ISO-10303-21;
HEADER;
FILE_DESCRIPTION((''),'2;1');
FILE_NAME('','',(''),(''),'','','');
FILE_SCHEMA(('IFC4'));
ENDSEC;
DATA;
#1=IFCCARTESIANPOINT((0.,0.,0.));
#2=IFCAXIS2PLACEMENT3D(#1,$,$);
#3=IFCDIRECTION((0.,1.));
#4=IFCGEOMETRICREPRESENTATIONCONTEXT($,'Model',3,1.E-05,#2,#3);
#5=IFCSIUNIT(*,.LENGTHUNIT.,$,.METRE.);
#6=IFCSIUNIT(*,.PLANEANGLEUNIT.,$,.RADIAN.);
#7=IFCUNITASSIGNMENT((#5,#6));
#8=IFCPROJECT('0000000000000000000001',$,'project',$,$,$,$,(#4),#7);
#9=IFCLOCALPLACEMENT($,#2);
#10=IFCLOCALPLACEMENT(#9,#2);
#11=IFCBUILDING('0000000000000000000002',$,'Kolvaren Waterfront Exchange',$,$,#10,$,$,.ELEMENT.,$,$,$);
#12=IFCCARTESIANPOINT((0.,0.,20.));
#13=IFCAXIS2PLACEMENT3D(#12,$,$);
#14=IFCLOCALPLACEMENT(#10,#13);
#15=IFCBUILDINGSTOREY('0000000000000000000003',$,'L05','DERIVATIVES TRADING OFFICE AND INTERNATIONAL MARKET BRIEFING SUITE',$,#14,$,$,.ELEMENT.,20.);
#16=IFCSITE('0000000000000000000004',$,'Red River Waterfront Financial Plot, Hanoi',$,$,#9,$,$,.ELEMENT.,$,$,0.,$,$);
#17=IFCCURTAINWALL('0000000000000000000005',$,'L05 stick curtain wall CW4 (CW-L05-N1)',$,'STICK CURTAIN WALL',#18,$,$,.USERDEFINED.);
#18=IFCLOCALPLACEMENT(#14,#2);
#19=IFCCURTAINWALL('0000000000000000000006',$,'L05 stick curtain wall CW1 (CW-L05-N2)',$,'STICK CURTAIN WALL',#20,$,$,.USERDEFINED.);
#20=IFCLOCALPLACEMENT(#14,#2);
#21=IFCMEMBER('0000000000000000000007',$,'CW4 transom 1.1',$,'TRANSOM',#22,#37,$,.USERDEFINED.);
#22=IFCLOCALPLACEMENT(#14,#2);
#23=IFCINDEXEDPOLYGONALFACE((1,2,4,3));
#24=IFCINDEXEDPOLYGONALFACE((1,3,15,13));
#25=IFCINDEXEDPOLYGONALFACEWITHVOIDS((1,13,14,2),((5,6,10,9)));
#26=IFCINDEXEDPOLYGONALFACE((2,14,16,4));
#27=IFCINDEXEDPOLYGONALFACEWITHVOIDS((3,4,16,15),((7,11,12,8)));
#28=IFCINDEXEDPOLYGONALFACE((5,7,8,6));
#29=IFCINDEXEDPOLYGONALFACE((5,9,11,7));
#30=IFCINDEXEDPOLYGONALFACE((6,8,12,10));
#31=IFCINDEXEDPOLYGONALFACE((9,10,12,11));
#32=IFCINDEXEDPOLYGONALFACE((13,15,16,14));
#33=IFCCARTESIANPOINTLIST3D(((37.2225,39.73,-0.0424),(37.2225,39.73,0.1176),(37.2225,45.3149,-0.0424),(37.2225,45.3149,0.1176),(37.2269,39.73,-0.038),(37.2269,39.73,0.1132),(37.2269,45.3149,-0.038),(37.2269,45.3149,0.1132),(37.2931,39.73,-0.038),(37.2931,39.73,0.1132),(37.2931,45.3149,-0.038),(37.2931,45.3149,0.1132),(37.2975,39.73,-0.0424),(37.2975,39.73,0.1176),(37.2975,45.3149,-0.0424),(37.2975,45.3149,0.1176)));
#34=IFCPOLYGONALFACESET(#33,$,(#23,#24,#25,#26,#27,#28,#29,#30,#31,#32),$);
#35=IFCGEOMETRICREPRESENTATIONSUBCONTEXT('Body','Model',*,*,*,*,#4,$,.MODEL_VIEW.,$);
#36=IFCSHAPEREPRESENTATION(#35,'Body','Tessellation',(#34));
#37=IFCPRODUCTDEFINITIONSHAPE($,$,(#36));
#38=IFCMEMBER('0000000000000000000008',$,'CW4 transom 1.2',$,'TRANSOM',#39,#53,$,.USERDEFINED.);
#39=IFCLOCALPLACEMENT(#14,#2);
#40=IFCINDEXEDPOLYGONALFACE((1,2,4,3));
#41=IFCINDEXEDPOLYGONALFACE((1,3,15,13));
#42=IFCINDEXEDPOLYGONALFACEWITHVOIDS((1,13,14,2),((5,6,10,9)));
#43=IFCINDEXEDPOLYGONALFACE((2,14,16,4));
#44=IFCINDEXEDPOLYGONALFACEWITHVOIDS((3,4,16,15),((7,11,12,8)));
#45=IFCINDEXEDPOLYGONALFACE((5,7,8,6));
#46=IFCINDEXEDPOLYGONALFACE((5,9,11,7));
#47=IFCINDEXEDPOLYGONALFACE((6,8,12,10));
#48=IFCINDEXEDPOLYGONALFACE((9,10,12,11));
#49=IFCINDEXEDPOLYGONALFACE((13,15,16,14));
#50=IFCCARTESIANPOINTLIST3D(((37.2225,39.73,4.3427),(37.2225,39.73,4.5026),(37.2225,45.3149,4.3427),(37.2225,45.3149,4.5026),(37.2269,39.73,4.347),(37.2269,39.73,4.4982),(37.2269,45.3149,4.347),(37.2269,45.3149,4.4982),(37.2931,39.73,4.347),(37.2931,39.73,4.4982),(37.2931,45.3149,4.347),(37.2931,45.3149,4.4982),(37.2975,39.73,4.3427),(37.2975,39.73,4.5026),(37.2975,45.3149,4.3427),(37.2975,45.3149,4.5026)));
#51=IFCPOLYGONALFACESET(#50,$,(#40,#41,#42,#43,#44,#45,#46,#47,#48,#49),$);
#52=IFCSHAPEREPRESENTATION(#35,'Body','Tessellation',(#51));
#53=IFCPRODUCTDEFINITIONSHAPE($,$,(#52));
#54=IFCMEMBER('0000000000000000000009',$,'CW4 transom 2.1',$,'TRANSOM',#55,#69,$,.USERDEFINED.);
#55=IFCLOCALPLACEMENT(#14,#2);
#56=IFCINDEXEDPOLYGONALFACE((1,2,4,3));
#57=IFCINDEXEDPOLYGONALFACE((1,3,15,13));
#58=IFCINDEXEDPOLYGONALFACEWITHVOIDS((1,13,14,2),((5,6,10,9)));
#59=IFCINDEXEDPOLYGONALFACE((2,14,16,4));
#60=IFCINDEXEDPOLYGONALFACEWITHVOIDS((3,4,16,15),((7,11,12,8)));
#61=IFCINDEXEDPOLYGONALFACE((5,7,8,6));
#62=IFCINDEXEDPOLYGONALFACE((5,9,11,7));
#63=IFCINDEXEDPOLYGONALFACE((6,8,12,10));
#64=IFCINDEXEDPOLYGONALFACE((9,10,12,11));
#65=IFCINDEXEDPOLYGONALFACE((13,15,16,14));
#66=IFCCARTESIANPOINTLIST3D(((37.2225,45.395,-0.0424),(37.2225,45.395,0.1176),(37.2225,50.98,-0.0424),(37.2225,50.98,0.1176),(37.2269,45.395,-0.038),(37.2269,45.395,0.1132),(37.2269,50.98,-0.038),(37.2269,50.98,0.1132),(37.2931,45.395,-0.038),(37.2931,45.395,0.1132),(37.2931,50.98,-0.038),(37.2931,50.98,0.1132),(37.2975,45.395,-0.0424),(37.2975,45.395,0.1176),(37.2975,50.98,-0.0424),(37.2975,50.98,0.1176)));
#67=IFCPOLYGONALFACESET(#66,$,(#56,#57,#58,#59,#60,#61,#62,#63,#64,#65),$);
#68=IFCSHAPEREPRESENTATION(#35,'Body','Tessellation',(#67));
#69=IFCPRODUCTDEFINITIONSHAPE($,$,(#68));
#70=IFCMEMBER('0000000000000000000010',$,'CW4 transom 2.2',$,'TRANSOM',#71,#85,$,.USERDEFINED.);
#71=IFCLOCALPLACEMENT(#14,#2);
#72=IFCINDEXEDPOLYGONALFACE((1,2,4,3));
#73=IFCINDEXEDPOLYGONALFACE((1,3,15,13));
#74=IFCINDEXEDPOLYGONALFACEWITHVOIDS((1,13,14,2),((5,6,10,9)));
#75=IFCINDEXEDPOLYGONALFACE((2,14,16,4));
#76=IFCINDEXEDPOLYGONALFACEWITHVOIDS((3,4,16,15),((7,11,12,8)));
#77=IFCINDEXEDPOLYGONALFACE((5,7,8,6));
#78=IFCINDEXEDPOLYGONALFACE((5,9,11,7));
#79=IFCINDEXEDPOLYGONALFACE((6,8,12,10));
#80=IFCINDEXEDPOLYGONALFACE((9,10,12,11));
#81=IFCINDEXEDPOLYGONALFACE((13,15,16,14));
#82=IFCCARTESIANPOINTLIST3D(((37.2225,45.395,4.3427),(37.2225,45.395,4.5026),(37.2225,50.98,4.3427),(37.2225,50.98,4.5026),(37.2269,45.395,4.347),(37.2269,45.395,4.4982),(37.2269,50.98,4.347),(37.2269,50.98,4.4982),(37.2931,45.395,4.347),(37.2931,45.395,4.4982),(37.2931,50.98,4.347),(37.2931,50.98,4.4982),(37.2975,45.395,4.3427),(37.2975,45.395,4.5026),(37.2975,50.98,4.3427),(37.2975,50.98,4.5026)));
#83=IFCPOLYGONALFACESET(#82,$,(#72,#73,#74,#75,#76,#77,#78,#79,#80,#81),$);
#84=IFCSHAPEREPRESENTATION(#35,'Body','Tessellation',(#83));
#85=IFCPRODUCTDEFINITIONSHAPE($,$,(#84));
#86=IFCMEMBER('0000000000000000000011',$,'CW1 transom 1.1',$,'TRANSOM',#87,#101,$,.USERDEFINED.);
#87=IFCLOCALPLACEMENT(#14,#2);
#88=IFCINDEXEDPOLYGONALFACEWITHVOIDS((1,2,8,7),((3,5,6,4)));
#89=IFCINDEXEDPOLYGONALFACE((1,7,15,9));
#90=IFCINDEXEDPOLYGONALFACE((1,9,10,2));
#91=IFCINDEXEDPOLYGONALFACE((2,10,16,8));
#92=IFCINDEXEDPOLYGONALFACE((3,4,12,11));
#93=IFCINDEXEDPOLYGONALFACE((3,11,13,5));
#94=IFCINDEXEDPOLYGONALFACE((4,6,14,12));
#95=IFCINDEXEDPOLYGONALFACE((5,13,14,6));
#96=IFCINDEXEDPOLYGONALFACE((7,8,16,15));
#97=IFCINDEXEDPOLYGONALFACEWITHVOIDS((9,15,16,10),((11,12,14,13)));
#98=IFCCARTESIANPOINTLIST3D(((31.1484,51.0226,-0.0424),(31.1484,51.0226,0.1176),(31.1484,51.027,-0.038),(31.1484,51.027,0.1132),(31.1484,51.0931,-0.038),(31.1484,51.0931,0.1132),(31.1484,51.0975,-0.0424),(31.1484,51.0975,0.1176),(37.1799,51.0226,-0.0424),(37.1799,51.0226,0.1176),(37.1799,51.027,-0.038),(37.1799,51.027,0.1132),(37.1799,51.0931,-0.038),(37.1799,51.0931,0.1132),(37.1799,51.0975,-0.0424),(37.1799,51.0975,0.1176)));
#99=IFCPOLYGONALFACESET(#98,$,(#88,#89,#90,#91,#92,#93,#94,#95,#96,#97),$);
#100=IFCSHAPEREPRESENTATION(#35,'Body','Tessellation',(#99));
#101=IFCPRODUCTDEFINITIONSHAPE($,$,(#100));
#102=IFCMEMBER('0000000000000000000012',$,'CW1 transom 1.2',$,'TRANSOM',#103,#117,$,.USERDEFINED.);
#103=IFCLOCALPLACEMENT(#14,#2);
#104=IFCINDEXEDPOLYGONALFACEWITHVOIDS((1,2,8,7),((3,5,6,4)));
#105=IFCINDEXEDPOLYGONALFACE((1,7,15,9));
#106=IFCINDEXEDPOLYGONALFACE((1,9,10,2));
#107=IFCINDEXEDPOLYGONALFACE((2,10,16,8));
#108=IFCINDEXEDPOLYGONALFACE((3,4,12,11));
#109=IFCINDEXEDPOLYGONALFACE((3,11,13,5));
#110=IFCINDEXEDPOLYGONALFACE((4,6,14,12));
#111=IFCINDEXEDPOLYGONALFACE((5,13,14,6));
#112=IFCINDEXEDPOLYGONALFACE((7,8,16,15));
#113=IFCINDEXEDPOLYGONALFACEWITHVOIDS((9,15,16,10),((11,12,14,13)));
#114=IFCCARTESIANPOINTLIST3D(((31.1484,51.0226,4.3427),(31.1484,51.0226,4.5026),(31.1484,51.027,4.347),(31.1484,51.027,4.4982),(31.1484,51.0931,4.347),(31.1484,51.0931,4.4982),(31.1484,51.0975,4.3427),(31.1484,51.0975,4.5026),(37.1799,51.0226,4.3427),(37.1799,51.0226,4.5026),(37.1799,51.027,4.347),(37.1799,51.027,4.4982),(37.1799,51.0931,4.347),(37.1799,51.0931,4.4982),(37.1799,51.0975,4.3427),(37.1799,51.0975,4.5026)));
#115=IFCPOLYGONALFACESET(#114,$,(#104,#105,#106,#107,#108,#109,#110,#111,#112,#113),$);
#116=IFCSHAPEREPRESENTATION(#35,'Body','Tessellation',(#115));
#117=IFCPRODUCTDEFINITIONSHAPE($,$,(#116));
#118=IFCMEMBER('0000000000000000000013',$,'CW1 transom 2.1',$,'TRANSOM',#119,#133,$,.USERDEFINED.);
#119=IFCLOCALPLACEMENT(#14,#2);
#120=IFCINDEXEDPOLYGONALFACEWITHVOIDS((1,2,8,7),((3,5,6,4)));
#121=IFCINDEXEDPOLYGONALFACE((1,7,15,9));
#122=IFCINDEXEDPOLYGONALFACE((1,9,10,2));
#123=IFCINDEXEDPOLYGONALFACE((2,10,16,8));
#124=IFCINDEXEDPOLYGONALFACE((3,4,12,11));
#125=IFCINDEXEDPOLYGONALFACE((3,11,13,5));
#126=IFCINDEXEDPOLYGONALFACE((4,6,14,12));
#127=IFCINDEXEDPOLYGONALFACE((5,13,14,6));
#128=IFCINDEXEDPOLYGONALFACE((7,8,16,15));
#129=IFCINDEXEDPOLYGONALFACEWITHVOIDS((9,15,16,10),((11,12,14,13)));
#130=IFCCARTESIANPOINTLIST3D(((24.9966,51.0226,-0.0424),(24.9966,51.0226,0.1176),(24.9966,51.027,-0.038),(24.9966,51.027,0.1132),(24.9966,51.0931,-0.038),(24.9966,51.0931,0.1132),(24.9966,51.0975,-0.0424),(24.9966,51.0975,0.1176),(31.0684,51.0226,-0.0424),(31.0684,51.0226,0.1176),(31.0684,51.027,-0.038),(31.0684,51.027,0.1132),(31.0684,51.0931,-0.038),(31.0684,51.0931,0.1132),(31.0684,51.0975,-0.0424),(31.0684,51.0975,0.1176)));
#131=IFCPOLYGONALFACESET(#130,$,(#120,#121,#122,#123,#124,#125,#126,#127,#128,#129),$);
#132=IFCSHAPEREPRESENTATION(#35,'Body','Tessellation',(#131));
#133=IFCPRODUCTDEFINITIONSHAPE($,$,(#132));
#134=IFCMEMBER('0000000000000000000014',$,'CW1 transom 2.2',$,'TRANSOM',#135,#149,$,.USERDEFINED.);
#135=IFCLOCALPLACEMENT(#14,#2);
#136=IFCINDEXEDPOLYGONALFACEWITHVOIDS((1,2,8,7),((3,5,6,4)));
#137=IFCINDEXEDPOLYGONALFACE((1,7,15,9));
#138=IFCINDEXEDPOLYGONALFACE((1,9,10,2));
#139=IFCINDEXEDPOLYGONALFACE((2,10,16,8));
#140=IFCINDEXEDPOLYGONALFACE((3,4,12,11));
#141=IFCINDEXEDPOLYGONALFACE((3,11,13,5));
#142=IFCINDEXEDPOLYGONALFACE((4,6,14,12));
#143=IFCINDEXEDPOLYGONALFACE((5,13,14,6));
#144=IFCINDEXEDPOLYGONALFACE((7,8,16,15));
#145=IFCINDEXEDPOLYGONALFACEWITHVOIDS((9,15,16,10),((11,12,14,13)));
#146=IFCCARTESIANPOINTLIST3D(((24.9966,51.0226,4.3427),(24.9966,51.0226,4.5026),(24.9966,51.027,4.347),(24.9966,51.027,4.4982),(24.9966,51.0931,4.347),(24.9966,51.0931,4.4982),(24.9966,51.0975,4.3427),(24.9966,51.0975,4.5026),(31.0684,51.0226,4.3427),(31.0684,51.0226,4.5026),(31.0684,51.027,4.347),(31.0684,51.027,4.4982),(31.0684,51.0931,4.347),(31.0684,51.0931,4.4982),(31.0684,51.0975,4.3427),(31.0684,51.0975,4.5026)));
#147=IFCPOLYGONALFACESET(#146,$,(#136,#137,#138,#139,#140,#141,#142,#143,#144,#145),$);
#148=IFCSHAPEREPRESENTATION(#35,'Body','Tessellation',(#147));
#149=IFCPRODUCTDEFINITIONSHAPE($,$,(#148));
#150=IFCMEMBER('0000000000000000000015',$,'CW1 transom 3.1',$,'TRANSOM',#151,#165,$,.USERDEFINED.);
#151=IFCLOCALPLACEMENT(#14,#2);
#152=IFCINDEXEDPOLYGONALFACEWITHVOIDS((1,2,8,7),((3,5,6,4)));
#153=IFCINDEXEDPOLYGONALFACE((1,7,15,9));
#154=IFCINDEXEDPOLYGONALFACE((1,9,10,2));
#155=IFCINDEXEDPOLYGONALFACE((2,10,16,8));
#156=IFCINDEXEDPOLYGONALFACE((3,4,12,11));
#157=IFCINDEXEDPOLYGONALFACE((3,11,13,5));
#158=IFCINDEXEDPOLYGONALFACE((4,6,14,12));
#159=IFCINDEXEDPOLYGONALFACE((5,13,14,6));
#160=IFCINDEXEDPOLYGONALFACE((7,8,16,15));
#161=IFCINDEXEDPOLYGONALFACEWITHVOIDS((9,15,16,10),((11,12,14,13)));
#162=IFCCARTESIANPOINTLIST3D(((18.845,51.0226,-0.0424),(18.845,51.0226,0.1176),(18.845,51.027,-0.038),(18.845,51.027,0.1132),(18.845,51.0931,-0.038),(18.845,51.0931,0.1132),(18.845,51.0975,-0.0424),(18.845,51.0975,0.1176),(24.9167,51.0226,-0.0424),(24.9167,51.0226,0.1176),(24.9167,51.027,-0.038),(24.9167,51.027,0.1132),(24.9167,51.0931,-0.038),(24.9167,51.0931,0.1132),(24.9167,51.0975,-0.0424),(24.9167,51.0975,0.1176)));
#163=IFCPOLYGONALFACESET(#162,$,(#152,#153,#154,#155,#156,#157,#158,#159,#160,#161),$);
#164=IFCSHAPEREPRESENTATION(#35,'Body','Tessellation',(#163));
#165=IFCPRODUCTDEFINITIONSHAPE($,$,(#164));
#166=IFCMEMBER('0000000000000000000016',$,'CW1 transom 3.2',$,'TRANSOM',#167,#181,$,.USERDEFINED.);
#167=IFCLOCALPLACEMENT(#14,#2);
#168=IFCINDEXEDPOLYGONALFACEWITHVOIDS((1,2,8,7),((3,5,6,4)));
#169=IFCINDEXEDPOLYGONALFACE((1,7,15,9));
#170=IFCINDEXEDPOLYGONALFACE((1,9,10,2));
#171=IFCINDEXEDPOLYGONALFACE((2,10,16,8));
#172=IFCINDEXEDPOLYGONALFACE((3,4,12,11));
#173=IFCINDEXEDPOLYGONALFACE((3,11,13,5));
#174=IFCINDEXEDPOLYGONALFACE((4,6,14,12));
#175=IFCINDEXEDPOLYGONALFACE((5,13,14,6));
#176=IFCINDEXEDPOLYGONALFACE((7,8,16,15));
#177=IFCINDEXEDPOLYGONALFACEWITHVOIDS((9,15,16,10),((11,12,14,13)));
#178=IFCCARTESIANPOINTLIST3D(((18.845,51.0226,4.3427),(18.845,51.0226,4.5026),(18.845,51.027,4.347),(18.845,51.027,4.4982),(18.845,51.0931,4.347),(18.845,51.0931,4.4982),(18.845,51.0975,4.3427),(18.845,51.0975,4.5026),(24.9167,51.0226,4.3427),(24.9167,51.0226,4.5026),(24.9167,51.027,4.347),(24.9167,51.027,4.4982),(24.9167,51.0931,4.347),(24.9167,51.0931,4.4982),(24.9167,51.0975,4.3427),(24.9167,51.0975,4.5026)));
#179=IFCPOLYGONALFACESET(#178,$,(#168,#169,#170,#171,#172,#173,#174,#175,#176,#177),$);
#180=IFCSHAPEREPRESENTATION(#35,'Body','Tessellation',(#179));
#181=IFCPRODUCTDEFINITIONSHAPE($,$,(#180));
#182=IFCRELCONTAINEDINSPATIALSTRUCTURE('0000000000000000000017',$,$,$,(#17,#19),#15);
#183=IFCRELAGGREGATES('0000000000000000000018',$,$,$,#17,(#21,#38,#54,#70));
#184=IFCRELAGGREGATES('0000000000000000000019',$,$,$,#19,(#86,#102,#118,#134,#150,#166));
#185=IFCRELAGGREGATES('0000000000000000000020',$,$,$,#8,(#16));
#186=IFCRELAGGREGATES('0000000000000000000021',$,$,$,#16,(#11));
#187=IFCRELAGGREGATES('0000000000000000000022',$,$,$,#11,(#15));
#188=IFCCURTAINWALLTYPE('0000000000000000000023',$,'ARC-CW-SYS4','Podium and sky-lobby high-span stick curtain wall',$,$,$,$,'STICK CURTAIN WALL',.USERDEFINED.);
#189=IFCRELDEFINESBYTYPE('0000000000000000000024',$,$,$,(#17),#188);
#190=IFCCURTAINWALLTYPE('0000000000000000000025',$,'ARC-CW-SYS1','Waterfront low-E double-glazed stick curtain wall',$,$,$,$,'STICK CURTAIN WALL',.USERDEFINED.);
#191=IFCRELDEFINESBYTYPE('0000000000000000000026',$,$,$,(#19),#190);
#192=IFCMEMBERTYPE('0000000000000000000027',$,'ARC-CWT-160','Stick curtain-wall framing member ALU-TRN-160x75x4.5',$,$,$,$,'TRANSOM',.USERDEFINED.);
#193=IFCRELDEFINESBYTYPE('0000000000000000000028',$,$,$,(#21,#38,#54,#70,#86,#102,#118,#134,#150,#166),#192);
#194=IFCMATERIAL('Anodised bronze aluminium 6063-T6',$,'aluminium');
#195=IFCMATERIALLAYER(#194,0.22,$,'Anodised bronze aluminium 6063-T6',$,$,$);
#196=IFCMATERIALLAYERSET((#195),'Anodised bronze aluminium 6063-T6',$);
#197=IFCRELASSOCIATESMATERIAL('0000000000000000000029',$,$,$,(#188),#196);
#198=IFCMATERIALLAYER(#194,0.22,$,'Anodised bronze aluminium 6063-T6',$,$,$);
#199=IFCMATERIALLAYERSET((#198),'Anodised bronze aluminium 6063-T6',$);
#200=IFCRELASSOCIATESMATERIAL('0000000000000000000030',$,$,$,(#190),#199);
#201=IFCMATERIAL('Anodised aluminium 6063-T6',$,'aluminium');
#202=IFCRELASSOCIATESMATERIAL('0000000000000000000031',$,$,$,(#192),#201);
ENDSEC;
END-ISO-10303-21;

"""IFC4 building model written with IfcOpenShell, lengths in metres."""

from ifc_helpers import new_model, si_unit, direction, frame, origin, origin_with_axes, origin_2d, place, context, subcontext, project, spatial, hollow_rectangle, extrude, source, transform, mapped, material, layer, layer_set, material_profile, profile_set, type_object, element, aggregate, save


model = new_model("IFC4")

# Units and contexts
model_context = context("Model", 3, precision=1e-05, world=origin(), true_north=direction((0.0, 1.0)))
body_context = subcontext(model_context, "Body", "Model", "MODEL_VIEW")
ifc_project = project(units=[si_unit("LENGTHUNIT", "METRE"), si_unit("PLANEANGLEUNIT", "RADIAN")], contexts=[model_context])

# Site, building, storey
site_placement = place(None, origin())
site = spatial("IfcSite", under=ifc_project, at=site_placement, Name="Red River Waterfront Financial Plot, Hanoi", CompositionType="ELEMENT", RefElevation=0.0)
building_placement = place(site_placement, origin())
building = spatial("IfcBuilding", under=site, at=building_placement, Name="Kolvaren Waterfront Exchange", CompositionType="ELEMENT")
storey_placement = place(building_placement, frame((0.0, 0.0, 20.0)))
storey = spatial("IfcBuildingStorey", under=building, at=storey_placement, Name="L05", Description="DERIVATIVES TRADING OFFICE AND INTERNATIONAL MARKET BRIEFING SUITE", CompositionType="ELEMENT", Elevation=20.0)

# Curtain walls
ifc_material_1 = material(Name="Anodised bronze aluminium 6063-T6", Category="aluminium")
ifc_layer_1 = layer(ifc_material_1, 0.22, Name="Anodised bronze aluminium 6063-T6")
ifc_layer_set_1 = layer_set([ifc_layer_1], Name="Anodised bronze aluminium 6063-T6")
curtain_wall_type_1 = type_object("IfcCurtainWallType", Name="ARC-CW-SYS4", Description="Podium and sky-lobby high-span stick curtain wall", ElementType="STICK CURTAIN WALL", PredefinedType="USERDEFINED", material=ifc_layer_set_1)
curtain_wall_1_placement = place(storey_placement, origin())
curtain_wall_1 = element("IfcCurtainWall", 1, at=curtain_wall_1_placement, inside=storey, type_object=curtain_wall_type_1, Name="L05 stick curtain wall CW4 (CW-L05-N1)", ObjectType="STICK CURTAIN WALL", PredefinedType="USERDEFINED")
ifc_material_2 = material(Name="Anodised aluminium 6063-T6", Category="aluminium")
ifc_layer_2 = layer(ifc_material_1, 0.22, Name="Anodised bronze aluminium 6063-T6")
ifc_layer_set_2 = layer_set([ifc_layer_2], Name="Anodised bronze aluminium 6063-T6")
curtain_wall_type_2 = type_object("IfcCurtainWallType", Name="ARC-CW-SYS1", Description="Waterfront low-E double-glazed stick curtain wall", ElementType="STICK CURTAIN WALL", PredefinedType="USERDEFINED", material=ifc_layer_set_2)
curtain_wall_2_placement = place(storey_placement, origin())
curtain_wall_2 = element("IfcCurtainWall", 2, at=curtain_wall_2_placement, inside=storey, type_object=curtain_wall_type_2, Name="L05 stick curtain wall CW1 (CW-L05-N2)", ObjectType="STICK CURTAIN WALL", PredefinedType="USERDEFINED")

# Members
ifc_material_profile_1 = material_profile(ifc_material_2, hollow_rectangle(XDim=0.075, YDim=0.1599, WallThickness=0.0044, at=origin_2d()), Name="ALU-TRN-160x75x4.5")
ifc_profile_set_1 = profile_set([ifc_material_profile_1], Name="Anodised aluminium 6063-T6")
member_type_1 = type_object("IfcMemberType", Name="ARC-CWT-160", Description="Stick curtain-wall framing member ALU-TRN-160x75x4.5", ElementType="TRANSOM", PredefinedType="USERDEFINED", material=ifc_profile_set_1)
shared_shape_1 = source(origin_with_axes(), body_context, "Body", "SweptSolid", [
    extrude(hollow_rectangle(XDim=0.075, YDim=0.1599, WallThickness=0.0044, at=origin_2d()), origin(), (0.0, 0.0, 1.0), 5.585),
])
member_1_placement = place(storey_placement, frame((37.26, 39.73, 0.0376), z_axis=(0.0, 1.0, 0.0), x_axis=(-1.0, 0.0, 0.0)))
member_1 = element("IfcMember", 3, at=member_1_placement, type_object=member_type_1, Name="CW4 transom 1.1", ObjectType="TRANSOM", PredefinedType="USERDEFINED", context=body_context, shape_type="MappedRepresentation", body=[
    mapped(shared_shape_1, transform((0.0, 0.0, 0.0), x_axis=(1.0, 0.0, 0.0), y_axis=(0.0, 1.0, 0.0), z_axis=(0.0, 0.0, 1.0), scale=1.0)),
])
member_2_placement = place(storey_placement, frame((37.26, 39.73, 4.4226), z_axis=(0.0, 1.0, 0.0), x_axis=(-1.0, 0.0, 0.0)))
member_2 = element("IfcMember", 4, at=member_2_placement, type_object=member_type_1, Name="CW4 transom 1.2", ObjectType="TRANSOM", PredefinedType="USERDEFINED", context=body_context, shape_type="MappedRepresentation", body=[
    mapped(shared_shape_1, transform((0.0, 0.0, 0.0), x_axis=(1.0, 0.0, 0.0), y_axis=(0.0, 1.0, 0.0), z_axis=(0.0, 0.0, 1.0), scale=1.0)),
])
member_3_placement = place(storey_placement, frame((37.26, 45.395, 0.0376), z_axis=(0.0, 1.0, 0.0), x_axis=(-1.0, 0.0, 0.0)))
member_3 = element("IfcMember", 5, at=member_3_placement, type_object=member_type_1, Name="CW4 transom 2.1", ObjectType="TRANSOM", PredefinedType="USERDEFINED", context=body_context, shape_type="MappedRepresentation", body=[
    mapped(shared_shape_1, transform((0.0, 0.0, 0.0), x_axis=(1.0, 0.0, 0.0), y_axis=(0.0, 1.0, 0.0), z_axis=(0.0, 0.0, 1.0), scale=1.0)),
])
member_4_placement = place(storey_placement, frame((37.26, 45.395, 4.4226), z_axis=(0.0, 1.0, 0.0), x_axis=(-1.0, 0.0, 0.0)))
member_4 = element("IfcMember", 6, at=member_4_placement, type_object=member_type_1, Name="CW4 transom 2.2", ObjectType="TRANSOM", PredefinedType="USERDEFINED", context=body_context, shape_type="MappedRepresentation", body=[
    mapped(shared_shape_1, transform((0.0, 0.0, 0.0), x_axis=(1.0, 0.0, 0.0), y_axis=(0.0, 1.0, 0.0), z_axis=(0.0, 0.0, 1.0), scale=1.0)),
])
shared_shape_2 = source(origin_with_axes(), body_context, "Body", "SweptSolid", [
    extrude(hollow_rectangle(XDim=0.075, YDim=0.1599, WallThickness=0.0044, at=origin_2d()), origin(), (0.0, 0.0, 1.0), 6.0315),
])
member_5_placement = place(storey_placement, frame((37.1799, 51.0601, 0.0376), z_axis=(-1.0, 0.0, 0.0), x_axis=(0.0, -1.0, 0.0)))
member_5 = element("IfcMember", 7, at=member_5_placement, type_object=member_type_1, Name="CW1 transom 1.1", ObjectType="TRANSOM", PredefinedType="USERDEFINED", context=body_context, shape_type="MappedRepresentation", body=[
    mapped(shared_shape_2, transform((0.0, 0.0, 0.0), x_axis=(1.0, 0.0, 0.0), y_axis=(0.0, 1.0, 0.0), z_axis=(0.0, 0.0, 1.0), scale=1.0)),
])
member_6_placement = place(storey_placement, frame((37.1799, 51.0601, 4.4226), z_axis=(-1.0, 0.0, 0.0), x_axis=(0.0, -1.0, 0.0)))
member_6 = element("IfcMember", 8, at=member_6_placement, type_object=member_type_1, Name="CW1 transom 1.2", ObjectType="TRANSOM", PredefinedType="USERDEFINED", context=body_context, shape_type="MappedRepresentation", body=[
    mapped(shared_shape_2, transform((0.0, 0.0, 0.0), x_axis=(1.0, 0.0, 0.0), y_axis=(0.0, 1.0, 0.0), z_axis=(0.0, 0.0, 1.0), scale=1.0)),
])
shared_shape_3 = source(origin_with_axes(), body_context, "Body", "SweptSolid", [
    extrude(hollow_rectangle(XDim=0.075, YDim=0.1599, WallThickness=0.0044, at=origin_2d()), origin(), (0.0, 0.0, 1.0), 6.0718),
])
member_7_placement = place(storey_placement, frame((31.0684, 51.0601, 0.0376), z_axis=(-1.0, 0.0, 0.0), x_axis=(0.0, -1.0, 0.0)))
member_7 = element("IfcMember", 9, at=member_7_placement, type_object=member_type_1, Name="CW1 transom 2.1", ObjectType="TRANSOM", PredefinedType="USERDEFINED", context=body_context, shape_type="MappedRepresentation", body=[
    mapped(shared_shape_3, transform((0.0, 0.0, 0.0), x_axis=(1.0, 0.0, 0.0), y_axis=(0.0, 1.0, 0.0), z_axis=(0.0, 0.0, 1.0), scale=1.0)),
])
member_8_placement = place(storey_placement, frame((31.0684, 51.0601, 4.4226), z_axis=(-1.0, 0.0, 0.0), x_axis=(0.0, -1.0, 0.0)))
member_8 = element("IfcMember", 10, at=member_8_placement, type_object=member_type_1, Name="CW1 transom 2.2", ObjectType="TRANSOM", PredefinedType="USERDEFINED", context=body_context, shape_type="MappedRepresentation", body=[
    mapped(shared_shape_3, transform((0.0, 0.0, 0.0), x_axis=(1.0, 0.0, 0.0), y_axis=(0.0, 1.0, 0.0), z_axis=(0.0, 0.0, 1.0), scale=1.0)),
])
member_9_placement = place(storey_placement, frame((24.9167, 51.0601, 0.0376), z_axis=(-1.0, 0.0, 0.0), x_axis=(0.0, -1.0, 0.0)))
member_9 = element("IfcMember", 11, at=member_9_placement, type_object=member_type_1, Name="CW1 transom 3.1", ObjectType="TRANSOM", PredefinedType="USERDEFINED", context=body_context, shape_type="MappedRepresentation", body=[
    mapped(shared_shape_3, transform((0.0, 0.0, 0.0), x_axis=(1.0, 0.0, 0.0), y_axis=(0.0, 1.0, 0.0), z_axis=(0.0, 0.0, 1.0), scale=1.0)),
])
member_10_placement = place(storey_placement, frame((24.9167, 51.0601, 4.4226), z_axis=(-1.0, 0.0, 0.0), x_axis=(0.0, -1.0, 0.0)))
member_10 = element("IfcMember", 12, at=member_10_placement, type_object=member_type_1, Name="CW1 transom 3.2", ObjectType="TRANSOM", PredefinedType="USERDEFINED", context=body_context, shape_type="MappedRepresentation", body=[
    mapped(shared_shape_3, transform((0.0, 0.0, 0.0), x_axis=(1.0, 0.0, 0.0), y_axis=(0.0, 1.0, 0.0), z_axis=(0.0, 0.0, 1.0), scale=1.0)),
])

aggregate(curtain_wall_1, [member_1, member_2, member_3, member_4])
aggregate(curtain_wall_2, [member_5, member_6, member_7, member_8, member_9, member_10])

save(model, "model.ifc")
